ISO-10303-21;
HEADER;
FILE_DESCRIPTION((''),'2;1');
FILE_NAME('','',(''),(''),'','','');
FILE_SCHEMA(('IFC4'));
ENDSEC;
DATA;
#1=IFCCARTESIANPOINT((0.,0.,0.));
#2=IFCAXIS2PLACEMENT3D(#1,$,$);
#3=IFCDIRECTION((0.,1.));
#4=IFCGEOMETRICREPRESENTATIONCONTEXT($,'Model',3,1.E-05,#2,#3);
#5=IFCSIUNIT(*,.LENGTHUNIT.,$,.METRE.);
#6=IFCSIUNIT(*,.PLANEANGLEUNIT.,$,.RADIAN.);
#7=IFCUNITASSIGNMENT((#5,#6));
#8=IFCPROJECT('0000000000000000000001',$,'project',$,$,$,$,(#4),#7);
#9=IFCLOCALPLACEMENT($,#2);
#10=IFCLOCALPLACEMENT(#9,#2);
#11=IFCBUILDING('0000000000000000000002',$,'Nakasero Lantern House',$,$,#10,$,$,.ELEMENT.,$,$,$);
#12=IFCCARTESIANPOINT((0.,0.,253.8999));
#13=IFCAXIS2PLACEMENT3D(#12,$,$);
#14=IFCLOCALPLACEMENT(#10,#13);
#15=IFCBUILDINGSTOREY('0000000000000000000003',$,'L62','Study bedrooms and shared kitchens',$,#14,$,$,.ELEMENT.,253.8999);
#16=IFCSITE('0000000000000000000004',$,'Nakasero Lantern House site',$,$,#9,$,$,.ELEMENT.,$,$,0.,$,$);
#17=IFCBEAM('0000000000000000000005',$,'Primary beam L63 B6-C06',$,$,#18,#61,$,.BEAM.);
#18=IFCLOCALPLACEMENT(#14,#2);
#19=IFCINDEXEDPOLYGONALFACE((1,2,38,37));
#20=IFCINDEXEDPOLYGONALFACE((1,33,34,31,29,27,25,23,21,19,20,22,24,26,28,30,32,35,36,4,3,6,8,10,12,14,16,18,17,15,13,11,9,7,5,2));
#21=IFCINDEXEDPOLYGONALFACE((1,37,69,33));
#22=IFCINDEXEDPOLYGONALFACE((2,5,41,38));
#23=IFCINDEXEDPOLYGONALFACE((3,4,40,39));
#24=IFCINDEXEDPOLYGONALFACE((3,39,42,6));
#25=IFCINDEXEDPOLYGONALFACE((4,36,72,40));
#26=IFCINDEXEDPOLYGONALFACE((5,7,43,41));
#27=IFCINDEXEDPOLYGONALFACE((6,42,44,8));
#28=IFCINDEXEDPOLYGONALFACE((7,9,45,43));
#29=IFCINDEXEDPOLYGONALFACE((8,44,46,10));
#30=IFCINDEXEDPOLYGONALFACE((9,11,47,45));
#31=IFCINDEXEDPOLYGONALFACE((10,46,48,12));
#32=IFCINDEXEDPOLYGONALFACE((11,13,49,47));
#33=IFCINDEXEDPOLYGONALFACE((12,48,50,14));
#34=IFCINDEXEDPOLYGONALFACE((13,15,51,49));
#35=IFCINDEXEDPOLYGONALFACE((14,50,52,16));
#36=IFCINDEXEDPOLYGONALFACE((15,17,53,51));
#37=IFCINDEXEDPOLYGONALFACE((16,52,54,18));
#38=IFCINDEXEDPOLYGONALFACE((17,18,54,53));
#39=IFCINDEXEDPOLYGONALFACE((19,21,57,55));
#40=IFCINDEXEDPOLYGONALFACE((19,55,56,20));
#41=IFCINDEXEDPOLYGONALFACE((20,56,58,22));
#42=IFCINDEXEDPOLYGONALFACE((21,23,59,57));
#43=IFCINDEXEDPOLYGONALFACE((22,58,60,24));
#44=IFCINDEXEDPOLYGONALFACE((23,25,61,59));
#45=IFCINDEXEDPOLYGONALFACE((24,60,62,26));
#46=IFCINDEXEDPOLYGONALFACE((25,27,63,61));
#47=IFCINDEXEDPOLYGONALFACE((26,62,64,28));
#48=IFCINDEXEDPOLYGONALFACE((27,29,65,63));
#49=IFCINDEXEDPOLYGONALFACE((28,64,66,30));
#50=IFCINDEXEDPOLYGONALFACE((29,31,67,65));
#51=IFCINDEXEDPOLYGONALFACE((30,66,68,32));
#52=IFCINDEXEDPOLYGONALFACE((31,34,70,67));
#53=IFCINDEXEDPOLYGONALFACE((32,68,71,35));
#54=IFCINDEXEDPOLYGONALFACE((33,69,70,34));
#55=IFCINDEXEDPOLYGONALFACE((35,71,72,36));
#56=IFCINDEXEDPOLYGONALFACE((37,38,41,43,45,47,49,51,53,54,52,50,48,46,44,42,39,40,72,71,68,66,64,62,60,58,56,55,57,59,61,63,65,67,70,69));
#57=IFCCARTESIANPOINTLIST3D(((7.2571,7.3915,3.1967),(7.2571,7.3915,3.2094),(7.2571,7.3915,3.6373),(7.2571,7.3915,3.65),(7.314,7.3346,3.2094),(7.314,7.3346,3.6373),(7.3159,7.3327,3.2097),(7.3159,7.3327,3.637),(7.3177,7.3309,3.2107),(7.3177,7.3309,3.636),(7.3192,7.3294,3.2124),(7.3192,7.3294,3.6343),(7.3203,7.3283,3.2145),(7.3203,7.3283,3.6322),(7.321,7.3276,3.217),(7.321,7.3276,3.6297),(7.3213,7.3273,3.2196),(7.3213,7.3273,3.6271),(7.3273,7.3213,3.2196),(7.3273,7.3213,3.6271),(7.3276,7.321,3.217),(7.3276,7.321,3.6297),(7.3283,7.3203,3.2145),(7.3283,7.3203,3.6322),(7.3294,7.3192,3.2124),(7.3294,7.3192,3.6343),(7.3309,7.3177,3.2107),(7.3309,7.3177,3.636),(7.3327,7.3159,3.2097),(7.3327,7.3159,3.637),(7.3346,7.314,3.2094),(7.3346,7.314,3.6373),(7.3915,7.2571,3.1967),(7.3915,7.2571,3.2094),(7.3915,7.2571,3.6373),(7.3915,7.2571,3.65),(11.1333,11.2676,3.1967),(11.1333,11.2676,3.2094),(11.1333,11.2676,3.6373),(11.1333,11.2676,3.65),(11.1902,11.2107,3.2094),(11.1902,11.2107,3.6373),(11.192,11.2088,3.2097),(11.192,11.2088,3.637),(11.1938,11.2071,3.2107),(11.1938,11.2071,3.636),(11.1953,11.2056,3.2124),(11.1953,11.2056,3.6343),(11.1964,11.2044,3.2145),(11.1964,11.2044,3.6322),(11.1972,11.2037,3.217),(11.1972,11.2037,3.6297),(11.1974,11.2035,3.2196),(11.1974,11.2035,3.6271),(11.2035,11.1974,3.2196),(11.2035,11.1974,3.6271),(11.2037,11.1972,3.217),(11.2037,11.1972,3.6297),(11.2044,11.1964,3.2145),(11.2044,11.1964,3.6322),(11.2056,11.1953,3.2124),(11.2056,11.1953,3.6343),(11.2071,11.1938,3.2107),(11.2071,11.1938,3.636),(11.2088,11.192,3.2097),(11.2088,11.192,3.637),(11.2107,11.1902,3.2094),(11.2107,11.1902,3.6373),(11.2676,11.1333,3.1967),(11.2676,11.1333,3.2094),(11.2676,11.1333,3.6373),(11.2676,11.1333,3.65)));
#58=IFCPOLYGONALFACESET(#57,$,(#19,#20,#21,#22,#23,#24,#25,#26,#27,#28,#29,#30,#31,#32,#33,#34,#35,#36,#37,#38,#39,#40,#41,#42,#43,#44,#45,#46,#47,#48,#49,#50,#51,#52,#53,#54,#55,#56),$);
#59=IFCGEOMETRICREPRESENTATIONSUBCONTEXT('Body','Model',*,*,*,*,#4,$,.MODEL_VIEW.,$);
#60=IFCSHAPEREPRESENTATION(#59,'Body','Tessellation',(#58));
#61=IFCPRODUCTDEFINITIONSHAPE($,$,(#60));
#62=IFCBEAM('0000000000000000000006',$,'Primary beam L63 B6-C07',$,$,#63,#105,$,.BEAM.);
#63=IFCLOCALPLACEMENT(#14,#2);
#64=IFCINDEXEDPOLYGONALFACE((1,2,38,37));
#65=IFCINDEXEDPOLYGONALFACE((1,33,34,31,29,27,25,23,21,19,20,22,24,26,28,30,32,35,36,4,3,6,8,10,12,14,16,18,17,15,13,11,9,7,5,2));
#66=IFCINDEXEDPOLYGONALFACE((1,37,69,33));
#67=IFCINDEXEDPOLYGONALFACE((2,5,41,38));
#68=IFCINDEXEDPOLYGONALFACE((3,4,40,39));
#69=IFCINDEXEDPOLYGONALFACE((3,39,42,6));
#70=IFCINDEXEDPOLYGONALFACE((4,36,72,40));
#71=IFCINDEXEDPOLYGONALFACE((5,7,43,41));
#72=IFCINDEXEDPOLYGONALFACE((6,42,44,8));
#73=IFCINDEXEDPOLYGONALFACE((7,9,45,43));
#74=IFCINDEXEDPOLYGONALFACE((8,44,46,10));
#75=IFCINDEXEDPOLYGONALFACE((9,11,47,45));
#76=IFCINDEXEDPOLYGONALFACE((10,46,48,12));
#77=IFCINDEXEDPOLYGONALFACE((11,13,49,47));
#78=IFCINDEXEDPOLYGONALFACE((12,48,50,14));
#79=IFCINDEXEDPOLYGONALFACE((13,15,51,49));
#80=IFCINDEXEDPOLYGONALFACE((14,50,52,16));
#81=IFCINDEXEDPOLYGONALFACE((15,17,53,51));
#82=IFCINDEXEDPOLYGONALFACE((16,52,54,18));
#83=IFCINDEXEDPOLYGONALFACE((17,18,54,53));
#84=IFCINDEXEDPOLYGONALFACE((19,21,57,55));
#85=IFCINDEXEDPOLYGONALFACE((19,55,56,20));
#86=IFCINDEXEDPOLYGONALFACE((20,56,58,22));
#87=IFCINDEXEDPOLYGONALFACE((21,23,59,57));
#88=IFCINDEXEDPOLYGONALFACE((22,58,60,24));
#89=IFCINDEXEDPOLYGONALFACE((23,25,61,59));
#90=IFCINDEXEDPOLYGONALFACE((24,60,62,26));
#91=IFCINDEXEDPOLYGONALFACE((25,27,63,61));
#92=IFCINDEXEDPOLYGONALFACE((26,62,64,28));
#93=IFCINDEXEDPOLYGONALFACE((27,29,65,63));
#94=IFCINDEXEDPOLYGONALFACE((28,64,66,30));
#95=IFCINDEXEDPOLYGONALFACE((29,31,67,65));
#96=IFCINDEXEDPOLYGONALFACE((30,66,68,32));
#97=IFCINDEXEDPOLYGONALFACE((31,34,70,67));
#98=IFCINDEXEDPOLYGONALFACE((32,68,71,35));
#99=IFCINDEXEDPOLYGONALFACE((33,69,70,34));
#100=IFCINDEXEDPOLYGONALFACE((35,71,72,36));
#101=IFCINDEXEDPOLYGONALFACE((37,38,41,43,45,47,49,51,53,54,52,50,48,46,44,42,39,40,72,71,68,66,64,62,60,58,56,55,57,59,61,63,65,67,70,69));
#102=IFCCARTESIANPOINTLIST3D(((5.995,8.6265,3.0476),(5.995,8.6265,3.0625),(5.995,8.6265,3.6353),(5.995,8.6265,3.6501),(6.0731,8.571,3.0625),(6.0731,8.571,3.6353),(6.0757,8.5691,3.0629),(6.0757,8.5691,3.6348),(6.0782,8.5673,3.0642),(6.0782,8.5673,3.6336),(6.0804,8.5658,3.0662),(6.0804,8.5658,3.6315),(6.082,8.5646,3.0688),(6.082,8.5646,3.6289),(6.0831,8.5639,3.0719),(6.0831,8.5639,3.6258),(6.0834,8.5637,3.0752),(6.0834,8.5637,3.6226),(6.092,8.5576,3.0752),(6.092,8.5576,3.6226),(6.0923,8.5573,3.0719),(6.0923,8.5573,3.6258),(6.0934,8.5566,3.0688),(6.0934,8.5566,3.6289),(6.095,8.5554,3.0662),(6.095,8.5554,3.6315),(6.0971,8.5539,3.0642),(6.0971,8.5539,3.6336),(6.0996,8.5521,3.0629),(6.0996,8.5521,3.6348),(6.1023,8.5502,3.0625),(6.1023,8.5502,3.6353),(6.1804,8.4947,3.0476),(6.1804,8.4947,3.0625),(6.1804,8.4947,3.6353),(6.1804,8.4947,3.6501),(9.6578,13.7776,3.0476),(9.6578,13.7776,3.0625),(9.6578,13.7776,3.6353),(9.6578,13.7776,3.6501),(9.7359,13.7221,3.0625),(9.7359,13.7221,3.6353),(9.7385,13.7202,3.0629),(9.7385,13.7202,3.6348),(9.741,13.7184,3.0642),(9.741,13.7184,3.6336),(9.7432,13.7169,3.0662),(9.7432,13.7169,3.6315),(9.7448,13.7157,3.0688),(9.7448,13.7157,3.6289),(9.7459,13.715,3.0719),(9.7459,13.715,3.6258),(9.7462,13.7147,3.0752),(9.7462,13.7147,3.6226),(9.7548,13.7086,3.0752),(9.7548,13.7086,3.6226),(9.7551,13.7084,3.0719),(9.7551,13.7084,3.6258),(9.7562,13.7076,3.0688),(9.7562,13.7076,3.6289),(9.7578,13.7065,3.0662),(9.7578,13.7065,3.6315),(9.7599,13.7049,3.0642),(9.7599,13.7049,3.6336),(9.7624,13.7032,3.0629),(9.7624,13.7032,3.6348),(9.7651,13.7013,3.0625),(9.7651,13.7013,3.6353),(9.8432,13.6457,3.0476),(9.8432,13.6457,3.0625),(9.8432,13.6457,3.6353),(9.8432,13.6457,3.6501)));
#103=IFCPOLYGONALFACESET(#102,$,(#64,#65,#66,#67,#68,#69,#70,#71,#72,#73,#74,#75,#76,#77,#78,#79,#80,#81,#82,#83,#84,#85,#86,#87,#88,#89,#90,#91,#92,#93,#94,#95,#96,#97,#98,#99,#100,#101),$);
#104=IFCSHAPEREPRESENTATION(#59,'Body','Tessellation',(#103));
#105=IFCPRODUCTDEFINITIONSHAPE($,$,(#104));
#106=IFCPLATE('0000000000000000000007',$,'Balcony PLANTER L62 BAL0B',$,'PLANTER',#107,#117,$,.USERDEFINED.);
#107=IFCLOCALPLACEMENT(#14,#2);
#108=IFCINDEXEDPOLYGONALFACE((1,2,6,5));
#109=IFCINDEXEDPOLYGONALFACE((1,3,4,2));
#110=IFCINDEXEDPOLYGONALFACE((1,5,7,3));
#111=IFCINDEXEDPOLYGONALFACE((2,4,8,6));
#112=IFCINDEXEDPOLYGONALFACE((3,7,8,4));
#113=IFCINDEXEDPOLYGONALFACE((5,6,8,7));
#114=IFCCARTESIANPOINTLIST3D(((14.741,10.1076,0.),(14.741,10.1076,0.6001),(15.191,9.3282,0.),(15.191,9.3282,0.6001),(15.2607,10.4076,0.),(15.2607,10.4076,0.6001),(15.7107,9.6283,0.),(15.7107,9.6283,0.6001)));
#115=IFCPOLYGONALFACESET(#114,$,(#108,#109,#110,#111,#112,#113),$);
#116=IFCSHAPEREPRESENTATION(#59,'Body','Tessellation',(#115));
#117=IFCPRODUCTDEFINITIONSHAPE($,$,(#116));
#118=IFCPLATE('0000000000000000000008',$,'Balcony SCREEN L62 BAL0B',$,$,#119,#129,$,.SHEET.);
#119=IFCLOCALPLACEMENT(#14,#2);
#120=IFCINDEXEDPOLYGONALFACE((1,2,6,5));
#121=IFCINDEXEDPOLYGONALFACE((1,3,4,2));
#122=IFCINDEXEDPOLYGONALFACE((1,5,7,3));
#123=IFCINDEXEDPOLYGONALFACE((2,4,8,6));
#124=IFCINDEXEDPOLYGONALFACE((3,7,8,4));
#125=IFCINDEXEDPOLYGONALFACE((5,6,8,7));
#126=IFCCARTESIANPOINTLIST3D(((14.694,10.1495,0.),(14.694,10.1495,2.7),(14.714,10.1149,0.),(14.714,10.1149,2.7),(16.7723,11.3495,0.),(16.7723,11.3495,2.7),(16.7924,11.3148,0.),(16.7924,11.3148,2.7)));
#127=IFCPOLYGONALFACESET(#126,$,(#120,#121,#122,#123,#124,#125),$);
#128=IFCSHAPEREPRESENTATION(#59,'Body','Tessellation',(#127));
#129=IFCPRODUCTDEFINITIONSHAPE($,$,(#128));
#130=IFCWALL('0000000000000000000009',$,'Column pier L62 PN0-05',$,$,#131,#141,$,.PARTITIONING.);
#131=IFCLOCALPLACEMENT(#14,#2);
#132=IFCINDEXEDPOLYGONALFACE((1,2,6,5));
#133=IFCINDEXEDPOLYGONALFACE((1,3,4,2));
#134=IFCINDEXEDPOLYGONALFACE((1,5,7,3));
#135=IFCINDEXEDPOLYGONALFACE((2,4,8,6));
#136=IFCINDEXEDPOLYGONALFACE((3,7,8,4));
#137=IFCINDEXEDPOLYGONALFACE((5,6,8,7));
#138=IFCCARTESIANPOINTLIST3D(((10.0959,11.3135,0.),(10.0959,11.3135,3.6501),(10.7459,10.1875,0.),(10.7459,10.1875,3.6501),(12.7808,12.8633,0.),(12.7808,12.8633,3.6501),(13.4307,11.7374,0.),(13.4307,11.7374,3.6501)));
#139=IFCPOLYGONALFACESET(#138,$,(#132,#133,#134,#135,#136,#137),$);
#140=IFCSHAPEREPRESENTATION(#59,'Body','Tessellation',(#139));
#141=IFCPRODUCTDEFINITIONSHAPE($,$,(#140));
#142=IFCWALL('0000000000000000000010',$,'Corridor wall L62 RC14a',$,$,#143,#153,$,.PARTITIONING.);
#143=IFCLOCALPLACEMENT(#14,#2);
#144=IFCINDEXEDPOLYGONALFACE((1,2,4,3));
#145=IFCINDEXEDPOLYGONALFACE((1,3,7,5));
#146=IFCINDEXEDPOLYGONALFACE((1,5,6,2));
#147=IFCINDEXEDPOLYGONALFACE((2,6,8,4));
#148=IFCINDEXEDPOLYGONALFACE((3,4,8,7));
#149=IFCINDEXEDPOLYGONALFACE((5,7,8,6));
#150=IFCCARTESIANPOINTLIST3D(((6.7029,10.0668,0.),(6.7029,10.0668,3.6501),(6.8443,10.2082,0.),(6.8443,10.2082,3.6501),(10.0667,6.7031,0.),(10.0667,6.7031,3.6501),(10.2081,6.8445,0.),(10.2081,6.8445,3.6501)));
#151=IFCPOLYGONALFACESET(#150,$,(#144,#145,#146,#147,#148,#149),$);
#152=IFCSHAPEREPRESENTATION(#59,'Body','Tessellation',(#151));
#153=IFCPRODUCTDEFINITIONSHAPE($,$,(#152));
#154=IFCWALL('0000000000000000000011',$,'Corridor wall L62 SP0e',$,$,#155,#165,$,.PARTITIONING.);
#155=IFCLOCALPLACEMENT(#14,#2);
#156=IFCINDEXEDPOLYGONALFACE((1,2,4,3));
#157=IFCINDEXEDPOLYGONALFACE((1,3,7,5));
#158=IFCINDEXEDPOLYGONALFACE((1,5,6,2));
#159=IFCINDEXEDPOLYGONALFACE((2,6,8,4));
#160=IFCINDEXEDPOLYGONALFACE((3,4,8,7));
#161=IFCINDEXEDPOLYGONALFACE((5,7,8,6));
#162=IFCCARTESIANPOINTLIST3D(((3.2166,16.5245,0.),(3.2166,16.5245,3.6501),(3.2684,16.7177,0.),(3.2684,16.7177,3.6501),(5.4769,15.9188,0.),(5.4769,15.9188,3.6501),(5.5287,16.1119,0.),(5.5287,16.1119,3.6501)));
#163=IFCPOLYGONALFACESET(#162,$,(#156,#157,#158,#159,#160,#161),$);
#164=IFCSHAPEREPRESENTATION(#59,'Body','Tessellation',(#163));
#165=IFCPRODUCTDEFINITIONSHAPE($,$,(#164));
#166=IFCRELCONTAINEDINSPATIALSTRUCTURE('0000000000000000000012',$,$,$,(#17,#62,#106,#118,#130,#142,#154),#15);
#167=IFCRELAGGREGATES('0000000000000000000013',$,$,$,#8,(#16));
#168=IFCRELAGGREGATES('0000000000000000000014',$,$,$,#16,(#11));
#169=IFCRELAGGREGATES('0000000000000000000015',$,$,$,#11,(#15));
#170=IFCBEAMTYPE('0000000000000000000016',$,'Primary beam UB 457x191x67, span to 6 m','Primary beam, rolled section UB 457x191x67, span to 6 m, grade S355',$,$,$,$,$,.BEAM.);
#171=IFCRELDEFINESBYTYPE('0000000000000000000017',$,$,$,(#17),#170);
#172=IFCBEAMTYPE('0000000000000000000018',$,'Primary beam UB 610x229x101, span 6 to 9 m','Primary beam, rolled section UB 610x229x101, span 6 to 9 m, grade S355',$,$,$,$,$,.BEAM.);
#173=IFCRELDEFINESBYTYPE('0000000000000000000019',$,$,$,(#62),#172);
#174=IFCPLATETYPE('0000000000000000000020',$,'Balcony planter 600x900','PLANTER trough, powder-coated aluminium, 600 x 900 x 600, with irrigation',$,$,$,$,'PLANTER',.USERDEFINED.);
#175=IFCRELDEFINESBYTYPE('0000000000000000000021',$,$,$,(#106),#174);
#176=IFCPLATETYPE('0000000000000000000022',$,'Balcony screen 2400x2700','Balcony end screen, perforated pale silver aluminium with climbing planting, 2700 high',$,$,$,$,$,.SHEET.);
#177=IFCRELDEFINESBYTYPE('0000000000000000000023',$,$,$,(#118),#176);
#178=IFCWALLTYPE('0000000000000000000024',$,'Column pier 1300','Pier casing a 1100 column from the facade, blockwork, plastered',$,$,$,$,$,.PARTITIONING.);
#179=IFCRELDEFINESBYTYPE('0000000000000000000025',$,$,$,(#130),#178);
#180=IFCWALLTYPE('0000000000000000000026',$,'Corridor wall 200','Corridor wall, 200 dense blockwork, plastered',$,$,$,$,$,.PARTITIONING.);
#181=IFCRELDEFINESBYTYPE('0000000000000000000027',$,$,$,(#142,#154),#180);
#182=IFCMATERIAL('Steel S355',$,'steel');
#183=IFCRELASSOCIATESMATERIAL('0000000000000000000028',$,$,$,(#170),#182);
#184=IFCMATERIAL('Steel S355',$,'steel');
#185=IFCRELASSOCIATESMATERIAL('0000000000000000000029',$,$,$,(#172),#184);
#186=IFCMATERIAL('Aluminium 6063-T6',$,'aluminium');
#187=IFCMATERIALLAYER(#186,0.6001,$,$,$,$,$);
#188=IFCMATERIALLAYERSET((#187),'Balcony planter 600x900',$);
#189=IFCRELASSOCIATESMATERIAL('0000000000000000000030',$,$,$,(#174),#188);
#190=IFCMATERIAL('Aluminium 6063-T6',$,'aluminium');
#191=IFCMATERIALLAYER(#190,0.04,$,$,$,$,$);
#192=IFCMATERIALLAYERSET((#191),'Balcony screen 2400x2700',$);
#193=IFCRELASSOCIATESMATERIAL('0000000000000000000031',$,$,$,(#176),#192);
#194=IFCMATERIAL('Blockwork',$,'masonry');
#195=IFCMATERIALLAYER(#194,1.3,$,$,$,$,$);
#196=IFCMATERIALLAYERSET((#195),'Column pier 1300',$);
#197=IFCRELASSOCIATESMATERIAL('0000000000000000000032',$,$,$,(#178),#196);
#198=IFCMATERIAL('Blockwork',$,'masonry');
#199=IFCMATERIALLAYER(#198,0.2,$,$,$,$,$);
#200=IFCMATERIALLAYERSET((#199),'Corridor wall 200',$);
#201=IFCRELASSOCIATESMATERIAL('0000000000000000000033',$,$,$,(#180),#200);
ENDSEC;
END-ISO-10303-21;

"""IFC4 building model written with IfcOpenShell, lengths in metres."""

from ifc_helpers import new_model, si_unit, direction, frame, frame_2d, origin, origin_2d, place, context, subcontext, project, spatial, rectangle, i_section, extrude, material, layer, layer_set, material_profile, profile_set, type_object, element, save


model = new_model("IFC4")

# Units and contexts
model_context = context("Model", 3, precision=1e-05, world=origin(), true_north=direction((0.0, 1.0)))
body_context = subcontext(model_context, "Body", "Model", "MODEL_VIEW")
ifc_project = project(units=[si_unit("LENGTHUNIT", "METRE"), si_unit("PLANEANGLEUNIT", "RADIAN")], contexts=[model_context])

# Site, building, storey
site_placement = place(None, origin())
site = spatial("IfcSite", under=ifc_project, at=site_placement, Name="Nakasero Lantern House site", CompositionType="ELEMENT", RefElevation=0.0)
building_placement = place(site_placement, origin())
building = spatial("IfcBuilding", under=site, at=building_placement, Name="Nakasero Lantern House", CompositionType="ELEMENT")
storey_placement = place(building_placement, frame((0.0, 0.0, 253.8999)))
storey = spatial("IfcBuildingStorey", under=building, at=storey_placement, Name="L62", Description="Study bedrooms and shared kitchens", CompositionType="ELEMENT", Elevation=253.8999)

# Beams
ifc_material_1 = material(Name="Steel S355", Category="steel")
ifc_material_profile_1 = material_profile(ifc_material_1, i_section(OverallWidth=0.1899, OverallDepth=0.4534, WebThickness=0.0085, FlangeThickness=0.0127, FilletRadius=0.0103, at=origin_2d()), Name="UB 457x191x67")
ifc_profile_set_1 = profile_set([ifc_material_profile_1], Name="Steel S355")
beam_type_1 = type_object("IfcBeamType", Name="Primary beam UB 457x191x67, span to 6 m", Description="Primary beam, rolled section UB 457x191x67, span to 6 m, grade S355", PredefinedType="BEAM", material=ifc_profile_set_1)
beam_1_placement = place(storey_placement, frame((11.2004, 11.2004, 3.4233), z_axis=(-0.707107, -0.707107, 0.0), x_axis=(0.707107, -0.707107, 0.0)))
element("IfcBeam", 1, at=beam_1_placement, inside=storey, type_object=beam_type_1, Name="Primary beam L63 B6-C06", PredefinedType="BEAM", context=body_context, shape_type="SweptSolid", body=[
    extrude(i_section(OverallWidth=0.1899, OverallDepth=0.4534, WebThickness=0.0085, FlangeThickness=0.0127, FilletRadius=0.0103, at=origin_2d()), origin(), (0.0, 0.0, 1.0), 5.4817),
])
ifc_material_2 = material(Name="Steel S355", Category="steel")
ifc_material_profile_2 = material_profile(ifc_material_2, i_section(OverallWidth=0.2275, OverallDepth=0.6025, WebThickness=0.0105, FlangeThickness=0.0149, FilletRadius=0.0127, at=origin_2d()), Name="UB 610x229x101")
ifc_profile_set_2 = profile_set([ifc_material_profile_2], Name="Steel S355")
beam_type_2 = type_object("IfcBeamType", Name="Primary beam UB 610x229x101, span 6 to 9 m", Description="Primary beam, rolled section UB 610x229x101, span 6 to 9 m, grade S355", PredefinedType="BEAM", material=ifc_profile_set_2)
beam_2_placement = place(storey_placement, frame((9.7505, 13.7117, 3.3489), z_axis=(-0.579505, -0.814969, 0.0), x_axis=(0.814969, -0.579505, 0.0)))
element("IfcBeam", 2, at=beam_2_placement, inside=storey, type_object=beam_type_2, Name="Primary beam L63 B6-C07", PredefinedType="BEAM", context=body_context, shape_type="SweptSolid", body=[
    extrude(i_section(OverallWidth=0.2275, OverallDepth=0.6025, WebThickness=0.0105, FlangeThickness=0.0149, FilletRadius=0.0127, at=origin_2d()), origin(), (0.0, 0.0, 1.0), 6.3206),
])

# Plates
ifc_material_3 = material(Name="Aluminium 6063-T6", Category="aluminium")
ifc_layer_1 = layer(ifc_material_3, 0.6001)
ifc_layer_set_1 = layer_set([ifc_layer_1], Name="Balcony planter 600x900")
plate_type_1 = type_object("IfcPlateType", Name="Balcony planter 600x900", Description="PLANTER trough, powder-coated aluminium, 600 x 900 x 600, with irrigation", ElementType="PLANTER", PredefinedType="USERDEFINED", material=ifc_layer_set_1)
plate_1_placement = place(storey_placement, frame((15.2258, 9.8679, 0.0), z_axis=(0.0, 0.0, 1.0), x_axis=(0.866025, 0.5, 0.0)))
element("IfcPlate", 3, at=plate_1_placement, inside=storey, type_object=plate_type_1, Name="Balcony PLANTER L62 BAL0B", ObjectType="PLANTER", PredefinedType="USERDEFINED", context=body_context, shape_type="SweptSolid", body=[
    extrude(rectangle(XDim=0.6001, YDim=0.8999, at=origin_2d()), origin(), (0.0, 0.0, 1.0), 0.6001),
])
ifc_material_4 = material(Name="Aluminium 6063-T6", Category="aluminium")
ifc_layer_2 = layer(ifc_material_4, 0.04)
ifc_layer_set_2 = layer_set([ifc_layer_2], Name="Balcony screen 2400x2700")
plate_type_2 = type_object("IfcPlateType", Name="Balcony screen 2400x2700", Description="Balcony end screen, perforated pale silver aluminium with climbing planting, 2700 high", PredefinedType="SHEET", material=ifc_layer_set_2)
plate_2_placement = place(storey_placement, frame((15.7432, 10.7322, 0.0), z_axis=(0.0, 0.0, 1.0), x_axis=(0.866025, 0.5, 0.0)))
element("IfcPlate", 4, at=plate_2_placement, inside=storey, type_object=plate_type_2, Name="Balcony SCREEN L62 BAL0B", PredefinedType="SHEET", context=body_context, shape_type="SweptSolid", body=[
    extrude(rectangle(XDim=2.3999, YDim=0.04, at=origin_2d()), origin(), (0.0, 0.0, 1.0), 2.7),
])

# Walls
ifc_material_5 = material(Name="Blockwork", Category="masonry")
ifc_layer_3 = layer(ifc_material_5, 1.3)
ifc_layer_set_3 = layer_set([ifc_layer_3], Name="Column pier 1300")
wall_type_1 = type_object("IfcWallType", Name="Column pier 1300", Description="Pier casing a 1100 column from the facade, blockwork, plastered", PredefinedType="PARTITIONING", material=ifc_layer_set_3)
wall_1_placement = place(storey_placement, frame((10.4209, 10.7505, 0.0), z_axis=(0.0, 0.0, 1.0), x_axis=(0.866064, 0.499934, 0.0)))
element("IfcWall", 5, at=wall_1_placement, inside=storey, type_object=wall_type_1, Name="Column pier L62 PN0-05", PredefinedType="PARTITIONING", context=body_context, shape_type="SweptSolid", body=[
    extrude(rectangle(XDim=3.1001, YDim=1.3, at=frame_2d((1.55, 0.0))), origin(), (0.0, 0.0, 1.0), 3.6501),
])
ifc_material_6 = material(Name="Blockwork", Category="masonry")
ifc_layer_4 = layer(ifc_material_6, 0.2)
ifc_layer_set_4 = layer_set([ifc_layer_4], Name="Corridor wall 200")
wall_type_2 = type_object("IfcWallType", Name="Corridor wall 200", Description="Corridor wall, 200 dense blockwork, plastered", PredefinedType="PARTITIONING", material=ifc_layer_set_4)
wall_2_placement = place(storey_placement, frame((6.7737, 10.1375, 0.0), z_axis=(0.0, 0.0, 1.0), x_axis=(0.707107, -0.707107, 0.0)))
element("IfcWall", 6, at=wall_2_placement, inside=storey, type_object=wall_type_2, Name="Corridor wall L62 RC14a", PredefinedType="PARTITIONING", context=body_context, shape_type="SweptSolid", body=[
    extrude(rectangle(XDim=4.7571, YDim=0.2, at=frame_2d((2.3784, 0.0))), origin(), (0.0, 0.0, 1.0), 3.6501),
])
wall_3_placement = place(storey_placement, frame((5.5027, 16.0154, 0.0), z_axis=(0.0, 0.0, 1.0), x_axis=(-0.965917, 0.258851, 0.0)))
element("IfcWall", 7, at=wall_3_placement, inside=storey, type_object=wall_type_2, Name="Corridor wall L62 SP0e", PredefinedType="PARTITIONING", context=body_context, shape_type="SweptSolid", body=[
    extrude(rectangle(XDim=2.3401, YDim=0.2, at=frame_2d((1.1699, 0.0))), origin(), (0.0, 0.0, 1.0), 3.6501),
])

save(model, "model.ifc")
